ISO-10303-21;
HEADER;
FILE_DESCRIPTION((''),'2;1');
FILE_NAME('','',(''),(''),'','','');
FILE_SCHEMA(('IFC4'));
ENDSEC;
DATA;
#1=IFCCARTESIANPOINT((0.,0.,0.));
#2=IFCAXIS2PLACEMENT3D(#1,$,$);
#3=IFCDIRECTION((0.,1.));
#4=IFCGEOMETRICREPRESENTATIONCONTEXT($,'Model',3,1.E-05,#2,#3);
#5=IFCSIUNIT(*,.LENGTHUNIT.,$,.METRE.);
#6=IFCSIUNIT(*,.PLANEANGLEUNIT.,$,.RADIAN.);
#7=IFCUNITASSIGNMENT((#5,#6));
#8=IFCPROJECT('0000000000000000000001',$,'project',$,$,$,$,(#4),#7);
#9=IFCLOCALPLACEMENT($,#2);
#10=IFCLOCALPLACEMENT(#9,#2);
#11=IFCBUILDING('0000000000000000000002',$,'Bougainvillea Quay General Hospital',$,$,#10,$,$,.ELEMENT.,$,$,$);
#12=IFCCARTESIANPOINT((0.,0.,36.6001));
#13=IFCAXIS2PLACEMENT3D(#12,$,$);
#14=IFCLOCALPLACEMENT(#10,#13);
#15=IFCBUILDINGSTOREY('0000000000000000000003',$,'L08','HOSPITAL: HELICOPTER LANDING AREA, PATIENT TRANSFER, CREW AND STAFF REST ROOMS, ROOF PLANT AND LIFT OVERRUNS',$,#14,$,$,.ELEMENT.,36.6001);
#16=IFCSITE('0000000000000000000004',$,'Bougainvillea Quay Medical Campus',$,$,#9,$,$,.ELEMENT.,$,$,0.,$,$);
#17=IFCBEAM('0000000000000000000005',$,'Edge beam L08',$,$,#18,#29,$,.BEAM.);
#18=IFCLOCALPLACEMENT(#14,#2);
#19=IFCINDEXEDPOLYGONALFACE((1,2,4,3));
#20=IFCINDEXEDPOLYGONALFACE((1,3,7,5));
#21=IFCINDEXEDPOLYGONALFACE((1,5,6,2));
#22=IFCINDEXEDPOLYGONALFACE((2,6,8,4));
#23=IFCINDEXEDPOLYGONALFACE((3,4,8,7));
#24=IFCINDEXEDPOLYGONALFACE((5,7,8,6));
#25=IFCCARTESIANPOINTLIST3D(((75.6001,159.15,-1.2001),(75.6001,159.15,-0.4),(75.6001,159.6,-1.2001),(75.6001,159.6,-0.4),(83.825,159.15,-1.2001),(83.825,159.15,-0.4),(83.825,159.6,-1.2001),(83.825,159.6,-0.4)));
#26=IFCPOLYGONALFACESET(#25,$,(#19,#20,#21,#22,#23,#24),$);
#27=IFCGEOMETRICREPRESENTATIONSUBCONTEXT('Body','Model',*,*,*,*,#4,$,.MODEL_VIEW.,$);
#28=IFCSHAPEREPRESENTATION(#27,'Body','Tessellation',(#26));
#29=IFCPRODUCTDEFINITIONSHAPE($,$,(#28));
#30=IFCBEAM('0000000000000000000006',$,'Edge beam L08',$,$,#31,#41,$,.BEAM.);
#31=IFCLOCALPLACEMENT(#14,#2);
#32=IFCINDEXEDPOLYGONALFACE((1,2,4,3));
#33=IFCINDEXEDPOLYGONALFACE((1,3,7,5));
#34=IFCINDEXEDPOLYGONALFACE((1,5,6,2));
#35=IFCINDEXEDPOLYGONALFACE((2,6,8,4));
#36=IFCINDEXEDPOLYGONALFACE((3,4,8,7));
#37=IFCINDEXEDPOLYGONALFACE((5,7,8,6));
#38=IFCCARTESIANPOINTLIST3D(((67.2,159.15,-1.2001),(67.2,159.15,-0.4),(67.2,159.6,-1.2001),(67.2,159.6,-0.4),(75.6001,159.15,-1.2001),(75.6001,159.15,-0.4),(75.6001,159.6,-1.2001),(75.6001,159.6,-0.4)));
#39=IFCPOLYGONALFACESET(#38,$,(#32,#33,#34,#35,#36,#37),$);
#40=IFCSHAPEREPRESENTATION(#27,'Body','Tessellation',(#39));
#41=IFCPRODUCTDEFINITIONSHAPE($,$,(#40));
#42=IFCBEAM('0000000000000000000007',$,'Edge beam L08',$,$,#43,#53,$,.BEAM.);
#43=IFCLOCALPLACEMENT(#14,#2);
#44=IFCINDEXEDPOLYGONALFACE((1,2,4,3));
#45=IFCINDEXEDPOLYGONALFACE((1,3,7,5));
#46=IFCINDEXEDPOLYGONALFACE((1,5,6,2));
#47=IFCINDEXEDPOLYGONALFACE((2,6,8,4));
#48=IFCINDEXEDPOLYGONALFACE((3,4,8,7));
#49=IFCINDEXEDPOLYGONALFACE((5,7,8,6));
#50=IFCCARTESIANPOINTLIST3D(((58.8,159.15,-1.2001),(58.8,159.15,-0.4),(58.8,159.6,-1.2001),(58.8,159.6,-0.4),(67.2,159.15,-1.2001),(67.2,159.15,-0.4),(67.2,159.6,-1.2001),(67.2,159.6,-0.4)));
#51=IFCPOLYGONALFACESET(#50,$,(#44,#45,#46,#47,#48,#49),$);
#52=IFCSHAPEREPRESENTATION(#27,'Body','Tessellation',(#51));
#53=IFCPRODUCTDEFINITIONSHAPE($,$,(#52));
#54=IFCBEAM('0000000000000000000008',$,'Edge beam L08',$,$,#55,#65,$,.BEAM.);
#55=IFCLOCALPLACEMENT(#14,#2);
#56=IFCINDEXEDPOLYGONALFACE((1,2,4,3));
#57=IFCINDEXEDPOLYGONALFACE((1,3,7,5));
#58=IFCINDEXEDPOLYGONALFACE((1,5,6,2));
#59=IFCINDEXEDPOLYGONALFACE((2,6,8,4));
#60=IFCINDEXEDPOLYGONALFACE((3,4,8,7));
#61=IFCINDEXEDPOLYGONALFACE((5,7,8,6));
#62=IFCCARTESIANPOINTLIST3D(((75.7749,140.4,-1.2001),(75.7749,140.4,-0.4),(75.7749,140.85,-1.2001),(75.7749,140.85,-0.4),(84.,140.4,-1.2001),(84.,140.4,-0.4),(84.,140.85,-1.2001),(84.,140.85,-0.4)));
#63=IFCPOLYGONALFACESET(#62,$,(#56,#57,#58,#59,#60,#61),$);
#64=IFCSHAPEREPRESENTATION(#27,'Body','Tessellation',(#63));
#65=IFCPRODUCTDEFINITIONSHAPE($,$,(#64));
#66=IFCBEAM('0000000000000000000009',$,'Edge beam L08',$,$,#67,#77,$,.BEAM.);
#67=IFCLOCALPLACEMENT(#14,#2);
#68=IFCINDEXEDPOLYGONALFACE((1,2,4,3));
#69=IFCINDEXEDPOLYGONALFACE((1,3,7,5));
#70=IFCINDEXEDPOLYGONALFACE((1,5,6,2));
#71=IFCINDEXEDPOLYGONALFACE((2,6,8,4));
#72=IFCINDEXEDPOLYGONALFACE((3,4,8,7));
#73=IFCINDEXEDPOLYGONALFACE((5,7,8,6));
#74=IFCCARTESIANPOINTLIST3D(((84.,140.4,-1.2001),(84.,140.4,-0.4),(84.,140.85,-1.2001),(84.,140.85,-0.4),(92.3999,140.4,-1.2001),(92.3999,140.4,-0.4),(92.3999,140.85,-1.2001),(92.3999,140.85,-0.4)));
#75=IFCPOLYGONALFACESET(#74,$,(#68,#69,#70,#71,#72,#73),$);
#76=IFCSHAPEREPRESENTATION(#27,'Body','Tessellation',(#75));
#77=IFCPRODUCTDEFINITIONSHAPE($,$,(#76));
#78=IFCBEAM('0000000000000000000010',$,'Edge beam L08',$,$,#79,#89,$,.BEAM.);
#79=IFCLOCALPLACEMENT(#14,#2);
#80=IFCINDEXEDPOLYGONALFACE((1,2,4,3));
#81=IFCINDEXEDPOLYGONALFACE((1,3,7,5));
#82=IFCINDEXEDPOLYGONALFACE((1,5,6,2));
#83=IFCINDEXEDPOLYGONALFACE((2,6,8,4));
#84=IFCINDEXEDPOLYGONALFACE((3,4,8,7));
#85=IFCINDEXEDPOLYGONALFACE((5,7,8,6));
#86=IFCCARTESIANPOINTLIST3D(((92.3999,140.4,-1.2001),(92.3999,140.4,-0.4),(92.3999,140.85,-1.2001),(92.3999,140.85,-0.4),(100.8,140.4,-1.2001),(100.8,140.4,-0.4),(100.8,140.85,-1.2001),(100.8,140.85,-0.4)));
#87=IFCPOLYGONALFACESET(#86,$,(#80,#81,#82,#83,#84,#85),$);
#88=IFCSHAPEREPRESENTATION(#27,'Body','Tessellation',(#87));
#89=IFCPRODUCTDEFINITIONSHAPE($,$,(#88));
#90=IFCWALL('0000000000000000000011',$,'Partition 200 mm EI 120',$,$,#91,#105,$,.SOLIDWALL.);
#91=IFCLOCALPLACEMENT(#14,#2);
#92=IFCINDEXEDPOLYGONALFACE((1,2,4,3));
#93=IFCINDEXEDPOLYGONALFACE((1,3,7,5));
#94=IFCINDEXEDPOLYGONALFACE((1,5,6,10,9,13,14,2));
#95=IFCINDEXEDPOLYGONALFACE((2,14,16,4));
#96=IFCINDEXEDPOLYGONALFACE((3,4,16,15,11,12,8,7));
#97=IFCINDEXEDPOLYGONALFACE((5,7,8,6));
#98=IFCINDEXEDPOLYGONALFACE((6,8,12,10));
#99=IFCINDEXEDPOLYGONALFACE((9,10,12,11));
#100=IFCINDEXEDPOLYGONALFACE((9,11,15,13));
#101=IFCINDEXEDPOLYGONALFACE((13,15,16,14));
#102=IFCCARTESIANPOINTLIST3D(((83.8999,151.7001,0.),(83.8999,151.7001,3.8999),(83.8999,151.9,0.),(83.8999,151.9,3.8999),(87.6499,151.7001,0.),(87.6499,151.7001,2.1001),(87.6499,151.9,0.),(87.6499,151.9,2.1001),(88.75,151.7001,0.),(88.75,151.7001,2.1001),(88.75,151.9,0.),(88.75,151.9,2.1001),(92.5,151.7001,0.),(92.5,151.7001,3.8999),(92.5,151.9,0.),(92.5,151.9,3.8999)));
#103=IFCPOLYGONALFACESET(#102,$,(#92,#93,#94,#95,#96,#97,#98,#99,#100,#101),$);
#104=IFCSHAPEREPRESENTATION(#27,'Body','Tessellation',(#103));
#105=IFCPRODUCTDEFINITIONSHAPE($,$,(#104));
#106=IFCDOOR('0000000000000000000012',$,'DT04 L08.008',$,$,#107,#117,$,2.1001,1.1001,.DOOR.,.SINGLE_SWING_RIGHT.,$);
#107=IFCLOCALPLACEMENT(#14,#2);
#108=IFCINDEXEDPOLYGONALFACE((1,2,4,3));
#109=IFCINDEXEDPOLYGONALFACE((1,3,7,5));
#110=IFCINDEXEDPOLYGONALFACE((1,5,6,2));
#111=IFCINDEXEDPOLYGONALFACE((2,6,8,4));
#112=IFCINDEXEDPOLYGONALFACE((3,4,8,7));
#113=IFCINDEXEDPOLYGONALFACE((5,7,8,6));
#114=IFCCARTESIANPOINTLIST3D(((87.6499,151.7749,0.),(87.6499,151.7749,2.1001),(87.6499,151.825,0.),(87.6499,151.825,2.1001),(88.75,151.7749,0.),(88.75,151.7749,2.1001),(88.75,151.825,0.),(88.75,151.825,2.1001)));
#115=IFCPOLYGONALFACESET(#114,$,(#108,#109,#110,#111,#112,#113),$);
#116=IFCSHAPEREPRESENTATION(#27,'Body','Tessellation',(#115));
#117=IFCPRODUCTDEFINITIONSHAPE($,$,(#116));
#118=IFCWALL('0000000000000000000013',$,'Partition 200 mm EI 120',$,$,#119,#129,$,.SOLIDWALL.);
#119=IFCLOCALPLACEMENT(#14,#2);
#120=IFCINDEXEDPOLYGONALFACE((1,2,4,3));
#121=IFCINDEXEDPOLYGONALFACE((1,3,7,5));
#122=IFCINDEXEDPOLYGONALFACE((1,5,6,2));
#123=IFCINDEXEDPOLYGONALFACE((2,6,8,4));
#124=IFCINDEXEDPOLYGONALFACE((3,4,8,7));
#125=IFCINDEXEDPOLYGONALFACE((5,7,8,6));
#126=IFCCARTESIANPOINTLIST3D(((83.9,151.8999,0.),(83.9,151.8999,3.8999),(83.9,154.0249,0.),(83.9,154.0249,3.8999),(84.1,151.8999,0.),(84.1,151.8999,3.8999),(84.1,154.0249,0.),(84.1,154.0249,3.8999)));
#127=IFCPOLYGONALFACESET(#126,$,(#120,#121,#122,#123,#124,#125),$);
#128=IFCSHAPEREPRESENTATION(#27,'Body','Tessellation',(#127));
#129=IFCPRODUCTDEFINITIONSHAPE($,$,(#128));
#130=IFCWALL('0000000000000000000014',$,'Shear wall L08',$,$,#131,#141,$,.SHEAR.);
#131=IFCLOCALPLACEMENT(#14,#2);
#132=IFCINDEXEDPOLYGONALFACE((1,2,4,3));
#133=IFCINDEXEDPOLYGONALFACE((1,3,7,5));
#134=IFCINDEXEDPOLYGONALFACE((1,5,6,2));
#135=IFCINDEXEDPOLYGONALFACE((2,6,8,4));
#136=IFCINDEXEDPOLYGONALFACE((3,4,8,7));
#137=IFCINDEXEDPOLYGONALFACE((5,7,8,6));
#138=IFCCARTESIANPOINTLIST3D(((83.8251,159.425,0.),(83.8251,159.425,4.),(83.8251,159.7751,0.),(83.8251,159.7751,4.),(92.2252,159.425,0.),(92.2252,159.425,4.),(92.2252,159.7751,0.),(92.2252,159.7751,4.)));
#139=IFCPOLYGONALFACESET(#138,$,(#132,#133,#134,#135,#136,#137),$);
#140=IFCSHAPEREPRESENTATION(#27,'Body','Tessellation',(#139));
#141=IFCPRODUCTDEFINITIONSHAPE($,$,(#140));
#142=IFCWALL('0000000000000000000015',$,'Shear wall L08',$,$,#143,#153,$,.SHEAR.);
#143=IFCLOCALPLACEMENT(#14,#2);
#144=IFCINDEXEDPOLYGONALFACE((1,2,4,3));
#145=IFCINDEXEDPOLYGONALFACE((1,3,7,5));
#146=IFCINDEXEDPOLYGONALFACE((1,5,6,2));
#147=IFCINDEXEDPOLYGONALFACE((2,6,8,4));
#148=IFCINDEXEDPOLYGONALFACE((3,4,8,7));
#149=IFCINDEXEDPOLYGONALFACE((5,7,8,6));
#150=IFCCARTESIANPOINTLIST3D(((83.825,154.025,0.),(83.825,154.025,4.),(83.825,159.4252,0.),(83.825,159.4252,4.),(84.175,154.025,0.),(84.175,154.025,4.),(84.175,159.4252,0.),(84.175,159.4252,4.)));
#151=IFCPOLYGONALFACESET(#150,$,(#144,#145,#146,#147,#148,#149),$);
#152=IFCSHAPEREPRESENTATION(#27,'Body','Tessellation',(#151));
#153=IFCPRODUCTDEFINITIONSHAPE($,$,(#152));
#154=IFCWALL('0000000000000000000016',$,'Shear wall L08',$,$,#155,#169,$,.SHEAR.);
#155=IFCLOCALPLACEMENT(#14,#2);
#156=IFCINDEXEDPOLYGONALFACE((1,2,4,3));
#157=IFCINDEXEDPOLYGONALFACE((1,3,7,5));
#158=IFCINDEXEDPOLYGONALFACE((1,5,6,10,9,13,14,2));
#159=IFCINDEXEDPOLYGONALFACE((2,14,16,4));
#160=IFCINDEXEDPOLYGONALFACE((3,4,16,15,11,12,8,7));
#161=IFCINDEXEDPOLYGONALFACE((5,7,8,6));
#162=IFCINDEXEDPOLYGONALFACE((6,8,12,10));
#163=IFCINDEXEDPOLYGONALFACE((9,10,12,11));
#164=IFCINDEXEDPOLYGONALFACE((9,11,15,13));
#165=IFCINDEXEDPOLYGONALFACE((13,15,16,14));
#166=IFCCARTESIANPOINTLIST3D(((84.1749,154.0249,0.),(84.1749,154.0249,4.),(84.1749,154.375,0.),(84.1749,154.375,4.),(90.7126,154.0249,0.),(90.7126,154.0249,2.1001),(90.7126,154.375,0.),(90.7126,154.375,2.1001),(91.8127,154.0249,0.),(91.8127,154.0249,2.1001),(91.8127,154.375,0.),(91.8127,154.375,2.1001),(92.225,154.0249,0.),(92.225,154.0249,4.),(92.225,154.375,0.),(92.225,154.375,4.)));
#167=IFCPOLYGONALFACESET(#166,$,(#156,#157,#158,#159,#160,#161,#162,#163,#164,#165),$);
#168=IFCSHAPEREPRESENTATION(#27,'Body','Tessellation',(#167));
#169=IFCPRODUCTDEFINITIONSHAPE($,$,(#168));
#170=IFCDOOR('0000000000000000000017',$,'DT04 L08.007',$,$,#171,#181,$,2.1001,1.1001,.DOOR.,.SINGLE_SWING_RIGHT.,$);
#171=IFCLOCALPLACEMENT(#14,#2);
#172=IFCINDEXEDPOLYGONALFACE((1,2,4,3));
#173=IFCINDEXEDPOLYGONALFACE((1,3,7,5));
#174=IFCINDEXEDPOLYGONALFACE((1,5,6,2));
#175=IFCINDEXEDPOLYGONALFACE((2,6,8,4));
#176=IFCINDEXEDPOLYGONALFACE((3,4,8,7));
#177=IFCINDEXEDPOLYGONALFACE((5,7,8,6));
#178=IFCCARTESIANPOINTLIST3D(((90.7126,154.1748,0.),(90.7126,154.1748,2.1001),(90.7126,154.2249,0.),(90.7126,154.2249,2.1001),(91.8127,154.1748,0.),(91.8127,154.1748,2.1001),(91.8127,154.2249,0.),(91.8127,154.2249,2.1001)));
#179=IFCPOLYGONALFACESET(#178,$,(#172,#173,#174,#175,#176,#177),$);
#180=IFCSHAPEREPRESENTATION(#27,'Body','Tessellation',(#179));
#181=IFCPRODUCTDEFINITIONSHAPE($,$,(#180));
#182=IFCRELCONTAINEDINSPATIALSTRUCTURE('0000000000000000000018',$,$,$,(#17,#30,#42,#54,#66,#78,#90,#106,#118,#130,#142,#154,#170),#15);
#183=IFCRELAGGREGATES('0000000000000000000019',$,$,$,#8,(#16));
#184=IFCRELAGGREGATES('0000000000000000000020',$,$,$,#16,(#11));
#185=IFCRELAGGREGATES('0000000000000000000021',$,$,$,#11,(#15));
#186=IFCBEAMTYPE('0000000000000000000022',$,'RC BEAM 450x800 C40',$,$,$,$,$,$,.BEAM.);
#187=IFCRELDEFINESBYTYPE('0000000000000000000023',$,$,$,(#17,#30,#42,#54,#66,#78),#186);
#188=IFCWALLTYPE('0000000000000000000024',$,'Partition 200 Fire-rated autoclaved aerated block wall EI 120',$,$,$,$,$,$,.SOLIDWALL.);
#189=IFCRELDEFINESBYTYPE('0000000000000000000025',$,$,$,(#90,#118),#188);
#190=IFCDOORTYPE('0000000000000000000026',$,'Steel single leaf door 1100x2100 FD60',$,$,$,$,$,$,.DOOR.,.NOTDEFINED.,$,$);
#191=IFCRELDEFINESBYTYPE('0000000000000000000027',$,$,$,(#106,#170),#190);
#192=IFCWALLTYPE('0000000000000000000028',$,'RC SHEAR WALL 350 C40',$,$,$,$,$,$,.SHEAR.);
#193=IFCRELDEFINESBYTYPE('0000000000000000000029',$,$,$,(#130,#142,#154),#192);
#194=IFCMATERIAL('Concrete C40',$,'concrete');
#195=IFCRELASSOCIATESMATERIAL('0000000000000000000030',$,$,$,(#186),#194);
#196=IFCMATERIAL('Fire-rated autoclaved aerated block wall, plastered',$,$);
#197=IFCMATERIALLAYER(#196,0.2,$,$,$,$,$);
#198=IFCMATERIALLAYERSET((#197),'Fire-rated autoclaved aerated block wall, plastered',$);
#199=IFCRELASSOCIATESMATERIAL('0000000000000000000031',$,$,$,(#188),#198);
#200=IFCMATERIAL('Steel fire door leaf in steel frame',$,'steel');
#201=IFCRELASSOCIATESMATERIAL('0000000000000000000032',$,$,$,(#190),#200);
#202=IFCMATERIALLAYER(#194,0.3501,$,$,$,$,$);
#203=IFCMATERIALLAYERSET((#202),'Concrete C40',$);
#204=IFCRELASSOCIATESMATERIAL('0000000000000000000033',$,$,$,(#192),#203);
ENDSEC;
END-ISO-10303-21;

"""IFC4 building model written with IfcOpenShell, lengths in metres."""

from ifc_helpers import new_model, si_unit, direction, frame, frame_2d, origin, origin_2d, place, context, subcontext, project, spatial, rectangle, extrude, material, layer, layer_set, material_profile, profile_set, type_object, element, fill, save


model = new_model("IFC4")

# Units and contexts
model_context = context("Model", 3, precision=1e-05, world=origin(), true_north=direction((0.0, 1.0)))
body_context = subcontext(model_context, "Body", "Model", "MODEL_VIEW")
ifc_project = project(units=[si_unit("LENGTHUNIT", "METRE"), si_unit("PLANEANGLEUNIT", "RADIAN")], contexts=[model_context])

# Site, building, storey
site_placement = place(None, origin())
site = spatial("IfcSite", under=ifc_project, at=site_placement, Name="Bougainvillea Quay Medical Campus", CompositionType="ELEMENT", RefElevation=0.0)
building_placement = place(site_placement, origin())
building = spatial("IfcBuilding", under=site, at=building_placement, Name="Bougainvillea Quay General Hospital", CompositionType="ELEMENT")
storey_placement = place(building_placement, frame((0.0, 0.0, 36.6001)))
storey = spatial("IfcBuildingStorey", under=building, at=storey_placement, Name="L08", Description="HOSPITAL: HELICOPTER LANDING AREA, PATIENT TRANSFER, CREW AND STAFF REST ROOMS, ROOF PLANT AND LIFT OVERRUNS", CompositionType="ELEMENT", Elevation=36.6001)

# Beams
ifc_material_1 = material(Name="Concrete C40", Category="concrete")
ifc_material_profile_1 = material_profile(ifc_material_1, rectangle(XDim=0.45, YDim=0.8, at=origin_2d()))
ifc_profile_set_1 = profile_set([ifc_material_profile_1], Name="Concrete C40")
beam_type = type_object("IfcBeamType", Name="RC BEAM 450x800 C40", PredefinedType="BEAM", material=ifc_profile_set_1)
beam_1_placement = place(storey_placement, frame((83.825, 159.375, -0.8), z_axis=(-1.0, 0.0, 0.0), x_axis=(0.0, -1.0, 0.0)))
element("IfcBeam", 1, at=beam_1_placement, inside=storey, type_object=beam_type, Name="Edge beam L08", PredefinedType="BEAM", context=body_context, shape_type="SweptSolid", body=[
    extrude(rectangle(XDim=0.45, YDim=0.8, at=origin_2d()), origin(), (0.0, 0.0, 1.0), 8.2249),
])
beam_2_placement = place(storey_placement, frame((75.6001, 159.375, -0.8), z_axis=(-1.0, 0.0, 0.0), x_axis=(0.0, -1.0, 0.0)))
element("IfcBeam", 2, at=beam_2_placement, inside=storey, type_object=beam_type, Name="Edge beam L08", PredefinedType="BEAM", context=body_context, shape_type="SweptSolid", body=[
    extrude(rectangle(XDim=0.45, YDim=0.8, at=origin_2d()), origin(), (0.0, 0.0, 1.0), 8.4001),
])
beam_3_placement = place(storey_placement, frame((67.2, 159.375, -0.8), z_axis=(-1.0, 0.0, 0.0), x_axis=(0.0, -1.0, 0.0)))
element("IfcBeam", 3, at=beam_3_placement, inside=storey, type_object=beam_type, Name="Edge beam L08", PredefinedType="BEAM", context=body_context, shape_type="SweptSolid", body=[
    extrude(rectangle(XDim=0.45, YDim=0.8, at=origin_2d()), origin(), (0.0, 0.0, 1.0), 8.3999),
])
beam_4_placement = place(storey_placement, frame((75.7749, 140.625, -0.8), z_axis=(1.0, 0.0, 0.0), x_axis=(0.0, 1.0, 0.0)))
element("IfcBeam", 4, at=beam_4_placement, inside=storey, type_object=beam_type, Name="Edge beam L08", PredefinedType="BEAM", context=body_context, shape_type="SweptSolid", body=[
    extrude(rectangle(XDim=0.45, YDim=0.8, at=origin_2d()), origin(), (0.0, 0.0, 1.0), 8.2251),
])
beam_5_placement = place(storey_placement, frame((84.0, 140.625, -0.8), z_axis=(1.0, 0.0, 0.0), x_axis=(0.0, 1.0, 0.0)))
element("IfcBeam", 5, at=beam_5_placement, inside=storey, type_object=beam_type, Name="Edge beam L08", PredefinedType="BEAM", context=body_context, shape_type="SweptSolid", body=[
    extrude(rectangle(XDim=0.45, YDim=0.8, at=origin_2d()), origin(), (0.0, 0.0, 1.0), 8.3999),
])
beam_6_placement = place(storey_placement, frame((92.3999, 140.625, -0.8), z_axis=(1.0, 0.0, 0.0), x_axis=(0.0, 1.0, 0.0)))
element("IfcBeam", 6, at=beam_6_placement, inside=storey, type_object=beam_type, Name="Edge beam L08", PredefinedType="BEAM", context=body_context, shape_type="SweptSolid", body=[
    extrude(rectangle(XDim=0.45, YDim=0.8, at=origin_2d()), origin(), (0.0, 0.0, 1.0), 8.4001),
])

# Wall, opening, door
ifc_material_2 = material(Name="Fire-rated autoclaved aerated block wall, plastered")
ifc_layer_1 = layer(ifc_material_2, 0.2)
ifc_layer_set_1 = layer_set([ifc_layer_1], Name="Fire-rated autoclaved aerated block wall, plastered")
wall_type_1 = type_object("IfcWallType", Name="Partition 200 Fire-rated autoclaved aerated block wall EI 120", PredefinedType="SOLIDWALL", material=ifc_layer_set_1)
wall_1_placement = place(storey_placement, frame((83.8999, 151.8, 0.0), z_axis=(0.0, 0.0, 1.0), x_axis=(1.0, 0.0, 0.0)))
wall_1 = element("IfcWall", 7, at=wall_1_placement, inside=storey, type_object=wall_type_1, Name="Partition 200 mm EI 120", PredefinedType="SOLIDWALL", context=body_context, shape_type="SweptSolid", body=[
    extrude(rectangle(XDim=8.6001, YDim=0.2, at=frame_2d((4.3, 0.0))), origin(), (0.0, 0.0, 1.0), 3.8999),
])
opening_1_placement = place(wall_1_placement, frame((3.75, 0.0, 0.0)))
opening_1 = element("IfcOpeningElement", 8, at=opening_1_placement, cuts=wall_1, PredefinedType="OPENING", context=body_context, shape_type="SweptSolid", body=[
    extrude(rectangle(XDim=1.1001, YDim=2.1001, at=frame_2d((0.55, 1.05))), frame((0.0, 0.1099, 0.0), z_axis=(0.0, -1.0, 0.0), x_axis=(1.0, 0.0, 0.0)), (0.0, 0.0, 1.0), 0.22),
])
ifc_material_3 = material(Name="Steel fire door leaf in steel frame", Category="steel")
door_type = type_object("IfcDoorType", Name="Steel single leaf door 1100x2100 FD60", OperationType="NOTDEFINED", PredefinedType="DOOR", material=ifc_material_3)
door_1_placement = place(opening_1_placement, origin())
door_1 = element("IfcDoor", 9, at=door_1_placement, inside=storey, type_object=door_type, Name="DT04 L08.008", OperationType="SINGLE_SWING_RIGHT", OverallHeight=2.1001, OverallWidth=1.1001, PredefinedType="DOOR", context=body_context, shape_type="SweptSolid", body=[
    extrude(rectangle(XDim=1.1001, YDim=2.1001, at=frame_2d((0.55, 1.05))), frame((0.0, 0.0249, 0.0), z_axis=(0.0, -1.0, 0.0), x_axis=(1.0, 0.0, 0.0)), (0.0, 0.0, 1.0), 0.05),
])
fill(opening_1, door_1)

# Walls
wall_2_placement = place(storey_placement, frame((84.0, 151.8999, 0.0), z_axis=(0.0, 0.0, 1.0), x_axis=(0.0, 1.0, 0.0)))
element("IfcWall", 10, at=wall_2_placement, inside=storey, type_object=wall_type_1, Name="Partition 200 mm EI 120", PredefinedType="SOLIDWALL", context=body_context, shape_type="SweptSolid", body=[
    extrude(rectangle(XDim=2.125, YDim=0.2, at=frame_2d((1.0625, 0.0))), origin(), (0.0, 0.0, 1.0), 3.8999),
])
ifc_layer_2 = layer(ifc_material_1, 0.3501)
ifc_layer_set_2 = layer_set([ifc_layer_2], Name="Concrete C40")
wall_type_2 = type_object("IfcWallType", Name="RC SHEAR WALL 350 C40", PredefinedType="SHEAR", material=ifc_layer_set_2)
wall_3_placement = place(storey_placement, frame((83.825, 159.6001, 0.0), z_axis=(0.0, 0.0, 1.0), x_axis=(1.0, 0.0, 0.0)))
element("IfcWall", 11, at=wall_3_placement, inside=storey, type_object=wall_type_2, Name="Shear wall L08", PredefinedType="SHEAR", context=body_context, shape_type="SweptSolid", body=[
    extrude(rectangle(XDim=8.4001, YDim=0.3501, at=frame_2d((4.2002, 0.0))), origin(), (0.0, 0.0, 1.0), 4.0),
])
wall_4_placement = place(storey_placement, frame((84.0, 154.0249, 0.0), z_axis=(0.0, 0.0, 1.0), x_axis=(0.0, 1.0, 0.0)))
element("IfcWall", 12, at=wall_4_placement, inside=storey, type_object=wall_type_2, Name="Shear wall L08", PredefinedType="SHEAR", context=body_context, shape_type="SweptSolid", body=[
    extrude(rectangle(XDim=5.4001, YDim=0.3501, at=frame_2d((2.7002, 0.0))), origin(), (0.0, 0.0, 1.0), 4.0),
])

# Wall, opening, door
wall_5_placement = place(storey_placement, frame((84.175, 154.2, 0.0), z_axis=(0.0, 0.0, 1.0), x_axis=(1.0, 0.0, 0.0)))
wall_5 = element("IfcWall", 13, at=wall_5_placement, inside=storey, type_object=wall_type_2, Name="Shear wall L08", PredefinedType="SHEAR", context=body_context, shape_type="SweptSolid", body=[
    extrude(rectangle(XDim=8.05, YDim=0.3501, at=frame_2d((4.0249, 0.0))), origin(), (0.0, 0.0, 1.0), 4.0),
])
opening_2_placement = place(wall_5_placement, frame((6.5376, 0.0, 0.0)))
opening_2 = element("IfcOpeningElement", 14, at=opening_2_placement, cuts=wall_5, PredefinedType="OPENING", context=body_context, shape_type="SweptSolid", body=[
    extrude(rectangle(XDim=1.1001, YDim=2.1001, at=frame_2d((0.55, 1.05))), frame((0.0, 0.1851, 0.0), z_axis=(0.0, -1.0, 0.0), x_axis=(1.0, 0.0, 0.0)), (0.0, 0.0, 1.0), 0.3701),
])
door_2_placement = place(opening_2_placement, origin())
door_2 = element("IfcDoor", 15, at=door_2_placement, inside=storey, type_object=door_type, Name="DT04 L08.007", OperationType="SINGLE_SWING_RIGHT", OverallHeight=2.1001, OverallWidth=1.1001, PredefinedType="DOOR", context=body_context, shape_type="SweptSolid", body=[
    extrude(rectangle(XDim=1.1001, YDim=2.1001, at=frame_2d((0.55, 1.05))), frame((0.0, 0.0249, 0.0), z_axis=(0.0, -1.0, 0.0), x_axis=(1.0, 0.0, 0.0)), (0.0, 0.0, 1.0), 0.05),
])
fill(opening_2, door_2)

save(model, "model.ifc")
